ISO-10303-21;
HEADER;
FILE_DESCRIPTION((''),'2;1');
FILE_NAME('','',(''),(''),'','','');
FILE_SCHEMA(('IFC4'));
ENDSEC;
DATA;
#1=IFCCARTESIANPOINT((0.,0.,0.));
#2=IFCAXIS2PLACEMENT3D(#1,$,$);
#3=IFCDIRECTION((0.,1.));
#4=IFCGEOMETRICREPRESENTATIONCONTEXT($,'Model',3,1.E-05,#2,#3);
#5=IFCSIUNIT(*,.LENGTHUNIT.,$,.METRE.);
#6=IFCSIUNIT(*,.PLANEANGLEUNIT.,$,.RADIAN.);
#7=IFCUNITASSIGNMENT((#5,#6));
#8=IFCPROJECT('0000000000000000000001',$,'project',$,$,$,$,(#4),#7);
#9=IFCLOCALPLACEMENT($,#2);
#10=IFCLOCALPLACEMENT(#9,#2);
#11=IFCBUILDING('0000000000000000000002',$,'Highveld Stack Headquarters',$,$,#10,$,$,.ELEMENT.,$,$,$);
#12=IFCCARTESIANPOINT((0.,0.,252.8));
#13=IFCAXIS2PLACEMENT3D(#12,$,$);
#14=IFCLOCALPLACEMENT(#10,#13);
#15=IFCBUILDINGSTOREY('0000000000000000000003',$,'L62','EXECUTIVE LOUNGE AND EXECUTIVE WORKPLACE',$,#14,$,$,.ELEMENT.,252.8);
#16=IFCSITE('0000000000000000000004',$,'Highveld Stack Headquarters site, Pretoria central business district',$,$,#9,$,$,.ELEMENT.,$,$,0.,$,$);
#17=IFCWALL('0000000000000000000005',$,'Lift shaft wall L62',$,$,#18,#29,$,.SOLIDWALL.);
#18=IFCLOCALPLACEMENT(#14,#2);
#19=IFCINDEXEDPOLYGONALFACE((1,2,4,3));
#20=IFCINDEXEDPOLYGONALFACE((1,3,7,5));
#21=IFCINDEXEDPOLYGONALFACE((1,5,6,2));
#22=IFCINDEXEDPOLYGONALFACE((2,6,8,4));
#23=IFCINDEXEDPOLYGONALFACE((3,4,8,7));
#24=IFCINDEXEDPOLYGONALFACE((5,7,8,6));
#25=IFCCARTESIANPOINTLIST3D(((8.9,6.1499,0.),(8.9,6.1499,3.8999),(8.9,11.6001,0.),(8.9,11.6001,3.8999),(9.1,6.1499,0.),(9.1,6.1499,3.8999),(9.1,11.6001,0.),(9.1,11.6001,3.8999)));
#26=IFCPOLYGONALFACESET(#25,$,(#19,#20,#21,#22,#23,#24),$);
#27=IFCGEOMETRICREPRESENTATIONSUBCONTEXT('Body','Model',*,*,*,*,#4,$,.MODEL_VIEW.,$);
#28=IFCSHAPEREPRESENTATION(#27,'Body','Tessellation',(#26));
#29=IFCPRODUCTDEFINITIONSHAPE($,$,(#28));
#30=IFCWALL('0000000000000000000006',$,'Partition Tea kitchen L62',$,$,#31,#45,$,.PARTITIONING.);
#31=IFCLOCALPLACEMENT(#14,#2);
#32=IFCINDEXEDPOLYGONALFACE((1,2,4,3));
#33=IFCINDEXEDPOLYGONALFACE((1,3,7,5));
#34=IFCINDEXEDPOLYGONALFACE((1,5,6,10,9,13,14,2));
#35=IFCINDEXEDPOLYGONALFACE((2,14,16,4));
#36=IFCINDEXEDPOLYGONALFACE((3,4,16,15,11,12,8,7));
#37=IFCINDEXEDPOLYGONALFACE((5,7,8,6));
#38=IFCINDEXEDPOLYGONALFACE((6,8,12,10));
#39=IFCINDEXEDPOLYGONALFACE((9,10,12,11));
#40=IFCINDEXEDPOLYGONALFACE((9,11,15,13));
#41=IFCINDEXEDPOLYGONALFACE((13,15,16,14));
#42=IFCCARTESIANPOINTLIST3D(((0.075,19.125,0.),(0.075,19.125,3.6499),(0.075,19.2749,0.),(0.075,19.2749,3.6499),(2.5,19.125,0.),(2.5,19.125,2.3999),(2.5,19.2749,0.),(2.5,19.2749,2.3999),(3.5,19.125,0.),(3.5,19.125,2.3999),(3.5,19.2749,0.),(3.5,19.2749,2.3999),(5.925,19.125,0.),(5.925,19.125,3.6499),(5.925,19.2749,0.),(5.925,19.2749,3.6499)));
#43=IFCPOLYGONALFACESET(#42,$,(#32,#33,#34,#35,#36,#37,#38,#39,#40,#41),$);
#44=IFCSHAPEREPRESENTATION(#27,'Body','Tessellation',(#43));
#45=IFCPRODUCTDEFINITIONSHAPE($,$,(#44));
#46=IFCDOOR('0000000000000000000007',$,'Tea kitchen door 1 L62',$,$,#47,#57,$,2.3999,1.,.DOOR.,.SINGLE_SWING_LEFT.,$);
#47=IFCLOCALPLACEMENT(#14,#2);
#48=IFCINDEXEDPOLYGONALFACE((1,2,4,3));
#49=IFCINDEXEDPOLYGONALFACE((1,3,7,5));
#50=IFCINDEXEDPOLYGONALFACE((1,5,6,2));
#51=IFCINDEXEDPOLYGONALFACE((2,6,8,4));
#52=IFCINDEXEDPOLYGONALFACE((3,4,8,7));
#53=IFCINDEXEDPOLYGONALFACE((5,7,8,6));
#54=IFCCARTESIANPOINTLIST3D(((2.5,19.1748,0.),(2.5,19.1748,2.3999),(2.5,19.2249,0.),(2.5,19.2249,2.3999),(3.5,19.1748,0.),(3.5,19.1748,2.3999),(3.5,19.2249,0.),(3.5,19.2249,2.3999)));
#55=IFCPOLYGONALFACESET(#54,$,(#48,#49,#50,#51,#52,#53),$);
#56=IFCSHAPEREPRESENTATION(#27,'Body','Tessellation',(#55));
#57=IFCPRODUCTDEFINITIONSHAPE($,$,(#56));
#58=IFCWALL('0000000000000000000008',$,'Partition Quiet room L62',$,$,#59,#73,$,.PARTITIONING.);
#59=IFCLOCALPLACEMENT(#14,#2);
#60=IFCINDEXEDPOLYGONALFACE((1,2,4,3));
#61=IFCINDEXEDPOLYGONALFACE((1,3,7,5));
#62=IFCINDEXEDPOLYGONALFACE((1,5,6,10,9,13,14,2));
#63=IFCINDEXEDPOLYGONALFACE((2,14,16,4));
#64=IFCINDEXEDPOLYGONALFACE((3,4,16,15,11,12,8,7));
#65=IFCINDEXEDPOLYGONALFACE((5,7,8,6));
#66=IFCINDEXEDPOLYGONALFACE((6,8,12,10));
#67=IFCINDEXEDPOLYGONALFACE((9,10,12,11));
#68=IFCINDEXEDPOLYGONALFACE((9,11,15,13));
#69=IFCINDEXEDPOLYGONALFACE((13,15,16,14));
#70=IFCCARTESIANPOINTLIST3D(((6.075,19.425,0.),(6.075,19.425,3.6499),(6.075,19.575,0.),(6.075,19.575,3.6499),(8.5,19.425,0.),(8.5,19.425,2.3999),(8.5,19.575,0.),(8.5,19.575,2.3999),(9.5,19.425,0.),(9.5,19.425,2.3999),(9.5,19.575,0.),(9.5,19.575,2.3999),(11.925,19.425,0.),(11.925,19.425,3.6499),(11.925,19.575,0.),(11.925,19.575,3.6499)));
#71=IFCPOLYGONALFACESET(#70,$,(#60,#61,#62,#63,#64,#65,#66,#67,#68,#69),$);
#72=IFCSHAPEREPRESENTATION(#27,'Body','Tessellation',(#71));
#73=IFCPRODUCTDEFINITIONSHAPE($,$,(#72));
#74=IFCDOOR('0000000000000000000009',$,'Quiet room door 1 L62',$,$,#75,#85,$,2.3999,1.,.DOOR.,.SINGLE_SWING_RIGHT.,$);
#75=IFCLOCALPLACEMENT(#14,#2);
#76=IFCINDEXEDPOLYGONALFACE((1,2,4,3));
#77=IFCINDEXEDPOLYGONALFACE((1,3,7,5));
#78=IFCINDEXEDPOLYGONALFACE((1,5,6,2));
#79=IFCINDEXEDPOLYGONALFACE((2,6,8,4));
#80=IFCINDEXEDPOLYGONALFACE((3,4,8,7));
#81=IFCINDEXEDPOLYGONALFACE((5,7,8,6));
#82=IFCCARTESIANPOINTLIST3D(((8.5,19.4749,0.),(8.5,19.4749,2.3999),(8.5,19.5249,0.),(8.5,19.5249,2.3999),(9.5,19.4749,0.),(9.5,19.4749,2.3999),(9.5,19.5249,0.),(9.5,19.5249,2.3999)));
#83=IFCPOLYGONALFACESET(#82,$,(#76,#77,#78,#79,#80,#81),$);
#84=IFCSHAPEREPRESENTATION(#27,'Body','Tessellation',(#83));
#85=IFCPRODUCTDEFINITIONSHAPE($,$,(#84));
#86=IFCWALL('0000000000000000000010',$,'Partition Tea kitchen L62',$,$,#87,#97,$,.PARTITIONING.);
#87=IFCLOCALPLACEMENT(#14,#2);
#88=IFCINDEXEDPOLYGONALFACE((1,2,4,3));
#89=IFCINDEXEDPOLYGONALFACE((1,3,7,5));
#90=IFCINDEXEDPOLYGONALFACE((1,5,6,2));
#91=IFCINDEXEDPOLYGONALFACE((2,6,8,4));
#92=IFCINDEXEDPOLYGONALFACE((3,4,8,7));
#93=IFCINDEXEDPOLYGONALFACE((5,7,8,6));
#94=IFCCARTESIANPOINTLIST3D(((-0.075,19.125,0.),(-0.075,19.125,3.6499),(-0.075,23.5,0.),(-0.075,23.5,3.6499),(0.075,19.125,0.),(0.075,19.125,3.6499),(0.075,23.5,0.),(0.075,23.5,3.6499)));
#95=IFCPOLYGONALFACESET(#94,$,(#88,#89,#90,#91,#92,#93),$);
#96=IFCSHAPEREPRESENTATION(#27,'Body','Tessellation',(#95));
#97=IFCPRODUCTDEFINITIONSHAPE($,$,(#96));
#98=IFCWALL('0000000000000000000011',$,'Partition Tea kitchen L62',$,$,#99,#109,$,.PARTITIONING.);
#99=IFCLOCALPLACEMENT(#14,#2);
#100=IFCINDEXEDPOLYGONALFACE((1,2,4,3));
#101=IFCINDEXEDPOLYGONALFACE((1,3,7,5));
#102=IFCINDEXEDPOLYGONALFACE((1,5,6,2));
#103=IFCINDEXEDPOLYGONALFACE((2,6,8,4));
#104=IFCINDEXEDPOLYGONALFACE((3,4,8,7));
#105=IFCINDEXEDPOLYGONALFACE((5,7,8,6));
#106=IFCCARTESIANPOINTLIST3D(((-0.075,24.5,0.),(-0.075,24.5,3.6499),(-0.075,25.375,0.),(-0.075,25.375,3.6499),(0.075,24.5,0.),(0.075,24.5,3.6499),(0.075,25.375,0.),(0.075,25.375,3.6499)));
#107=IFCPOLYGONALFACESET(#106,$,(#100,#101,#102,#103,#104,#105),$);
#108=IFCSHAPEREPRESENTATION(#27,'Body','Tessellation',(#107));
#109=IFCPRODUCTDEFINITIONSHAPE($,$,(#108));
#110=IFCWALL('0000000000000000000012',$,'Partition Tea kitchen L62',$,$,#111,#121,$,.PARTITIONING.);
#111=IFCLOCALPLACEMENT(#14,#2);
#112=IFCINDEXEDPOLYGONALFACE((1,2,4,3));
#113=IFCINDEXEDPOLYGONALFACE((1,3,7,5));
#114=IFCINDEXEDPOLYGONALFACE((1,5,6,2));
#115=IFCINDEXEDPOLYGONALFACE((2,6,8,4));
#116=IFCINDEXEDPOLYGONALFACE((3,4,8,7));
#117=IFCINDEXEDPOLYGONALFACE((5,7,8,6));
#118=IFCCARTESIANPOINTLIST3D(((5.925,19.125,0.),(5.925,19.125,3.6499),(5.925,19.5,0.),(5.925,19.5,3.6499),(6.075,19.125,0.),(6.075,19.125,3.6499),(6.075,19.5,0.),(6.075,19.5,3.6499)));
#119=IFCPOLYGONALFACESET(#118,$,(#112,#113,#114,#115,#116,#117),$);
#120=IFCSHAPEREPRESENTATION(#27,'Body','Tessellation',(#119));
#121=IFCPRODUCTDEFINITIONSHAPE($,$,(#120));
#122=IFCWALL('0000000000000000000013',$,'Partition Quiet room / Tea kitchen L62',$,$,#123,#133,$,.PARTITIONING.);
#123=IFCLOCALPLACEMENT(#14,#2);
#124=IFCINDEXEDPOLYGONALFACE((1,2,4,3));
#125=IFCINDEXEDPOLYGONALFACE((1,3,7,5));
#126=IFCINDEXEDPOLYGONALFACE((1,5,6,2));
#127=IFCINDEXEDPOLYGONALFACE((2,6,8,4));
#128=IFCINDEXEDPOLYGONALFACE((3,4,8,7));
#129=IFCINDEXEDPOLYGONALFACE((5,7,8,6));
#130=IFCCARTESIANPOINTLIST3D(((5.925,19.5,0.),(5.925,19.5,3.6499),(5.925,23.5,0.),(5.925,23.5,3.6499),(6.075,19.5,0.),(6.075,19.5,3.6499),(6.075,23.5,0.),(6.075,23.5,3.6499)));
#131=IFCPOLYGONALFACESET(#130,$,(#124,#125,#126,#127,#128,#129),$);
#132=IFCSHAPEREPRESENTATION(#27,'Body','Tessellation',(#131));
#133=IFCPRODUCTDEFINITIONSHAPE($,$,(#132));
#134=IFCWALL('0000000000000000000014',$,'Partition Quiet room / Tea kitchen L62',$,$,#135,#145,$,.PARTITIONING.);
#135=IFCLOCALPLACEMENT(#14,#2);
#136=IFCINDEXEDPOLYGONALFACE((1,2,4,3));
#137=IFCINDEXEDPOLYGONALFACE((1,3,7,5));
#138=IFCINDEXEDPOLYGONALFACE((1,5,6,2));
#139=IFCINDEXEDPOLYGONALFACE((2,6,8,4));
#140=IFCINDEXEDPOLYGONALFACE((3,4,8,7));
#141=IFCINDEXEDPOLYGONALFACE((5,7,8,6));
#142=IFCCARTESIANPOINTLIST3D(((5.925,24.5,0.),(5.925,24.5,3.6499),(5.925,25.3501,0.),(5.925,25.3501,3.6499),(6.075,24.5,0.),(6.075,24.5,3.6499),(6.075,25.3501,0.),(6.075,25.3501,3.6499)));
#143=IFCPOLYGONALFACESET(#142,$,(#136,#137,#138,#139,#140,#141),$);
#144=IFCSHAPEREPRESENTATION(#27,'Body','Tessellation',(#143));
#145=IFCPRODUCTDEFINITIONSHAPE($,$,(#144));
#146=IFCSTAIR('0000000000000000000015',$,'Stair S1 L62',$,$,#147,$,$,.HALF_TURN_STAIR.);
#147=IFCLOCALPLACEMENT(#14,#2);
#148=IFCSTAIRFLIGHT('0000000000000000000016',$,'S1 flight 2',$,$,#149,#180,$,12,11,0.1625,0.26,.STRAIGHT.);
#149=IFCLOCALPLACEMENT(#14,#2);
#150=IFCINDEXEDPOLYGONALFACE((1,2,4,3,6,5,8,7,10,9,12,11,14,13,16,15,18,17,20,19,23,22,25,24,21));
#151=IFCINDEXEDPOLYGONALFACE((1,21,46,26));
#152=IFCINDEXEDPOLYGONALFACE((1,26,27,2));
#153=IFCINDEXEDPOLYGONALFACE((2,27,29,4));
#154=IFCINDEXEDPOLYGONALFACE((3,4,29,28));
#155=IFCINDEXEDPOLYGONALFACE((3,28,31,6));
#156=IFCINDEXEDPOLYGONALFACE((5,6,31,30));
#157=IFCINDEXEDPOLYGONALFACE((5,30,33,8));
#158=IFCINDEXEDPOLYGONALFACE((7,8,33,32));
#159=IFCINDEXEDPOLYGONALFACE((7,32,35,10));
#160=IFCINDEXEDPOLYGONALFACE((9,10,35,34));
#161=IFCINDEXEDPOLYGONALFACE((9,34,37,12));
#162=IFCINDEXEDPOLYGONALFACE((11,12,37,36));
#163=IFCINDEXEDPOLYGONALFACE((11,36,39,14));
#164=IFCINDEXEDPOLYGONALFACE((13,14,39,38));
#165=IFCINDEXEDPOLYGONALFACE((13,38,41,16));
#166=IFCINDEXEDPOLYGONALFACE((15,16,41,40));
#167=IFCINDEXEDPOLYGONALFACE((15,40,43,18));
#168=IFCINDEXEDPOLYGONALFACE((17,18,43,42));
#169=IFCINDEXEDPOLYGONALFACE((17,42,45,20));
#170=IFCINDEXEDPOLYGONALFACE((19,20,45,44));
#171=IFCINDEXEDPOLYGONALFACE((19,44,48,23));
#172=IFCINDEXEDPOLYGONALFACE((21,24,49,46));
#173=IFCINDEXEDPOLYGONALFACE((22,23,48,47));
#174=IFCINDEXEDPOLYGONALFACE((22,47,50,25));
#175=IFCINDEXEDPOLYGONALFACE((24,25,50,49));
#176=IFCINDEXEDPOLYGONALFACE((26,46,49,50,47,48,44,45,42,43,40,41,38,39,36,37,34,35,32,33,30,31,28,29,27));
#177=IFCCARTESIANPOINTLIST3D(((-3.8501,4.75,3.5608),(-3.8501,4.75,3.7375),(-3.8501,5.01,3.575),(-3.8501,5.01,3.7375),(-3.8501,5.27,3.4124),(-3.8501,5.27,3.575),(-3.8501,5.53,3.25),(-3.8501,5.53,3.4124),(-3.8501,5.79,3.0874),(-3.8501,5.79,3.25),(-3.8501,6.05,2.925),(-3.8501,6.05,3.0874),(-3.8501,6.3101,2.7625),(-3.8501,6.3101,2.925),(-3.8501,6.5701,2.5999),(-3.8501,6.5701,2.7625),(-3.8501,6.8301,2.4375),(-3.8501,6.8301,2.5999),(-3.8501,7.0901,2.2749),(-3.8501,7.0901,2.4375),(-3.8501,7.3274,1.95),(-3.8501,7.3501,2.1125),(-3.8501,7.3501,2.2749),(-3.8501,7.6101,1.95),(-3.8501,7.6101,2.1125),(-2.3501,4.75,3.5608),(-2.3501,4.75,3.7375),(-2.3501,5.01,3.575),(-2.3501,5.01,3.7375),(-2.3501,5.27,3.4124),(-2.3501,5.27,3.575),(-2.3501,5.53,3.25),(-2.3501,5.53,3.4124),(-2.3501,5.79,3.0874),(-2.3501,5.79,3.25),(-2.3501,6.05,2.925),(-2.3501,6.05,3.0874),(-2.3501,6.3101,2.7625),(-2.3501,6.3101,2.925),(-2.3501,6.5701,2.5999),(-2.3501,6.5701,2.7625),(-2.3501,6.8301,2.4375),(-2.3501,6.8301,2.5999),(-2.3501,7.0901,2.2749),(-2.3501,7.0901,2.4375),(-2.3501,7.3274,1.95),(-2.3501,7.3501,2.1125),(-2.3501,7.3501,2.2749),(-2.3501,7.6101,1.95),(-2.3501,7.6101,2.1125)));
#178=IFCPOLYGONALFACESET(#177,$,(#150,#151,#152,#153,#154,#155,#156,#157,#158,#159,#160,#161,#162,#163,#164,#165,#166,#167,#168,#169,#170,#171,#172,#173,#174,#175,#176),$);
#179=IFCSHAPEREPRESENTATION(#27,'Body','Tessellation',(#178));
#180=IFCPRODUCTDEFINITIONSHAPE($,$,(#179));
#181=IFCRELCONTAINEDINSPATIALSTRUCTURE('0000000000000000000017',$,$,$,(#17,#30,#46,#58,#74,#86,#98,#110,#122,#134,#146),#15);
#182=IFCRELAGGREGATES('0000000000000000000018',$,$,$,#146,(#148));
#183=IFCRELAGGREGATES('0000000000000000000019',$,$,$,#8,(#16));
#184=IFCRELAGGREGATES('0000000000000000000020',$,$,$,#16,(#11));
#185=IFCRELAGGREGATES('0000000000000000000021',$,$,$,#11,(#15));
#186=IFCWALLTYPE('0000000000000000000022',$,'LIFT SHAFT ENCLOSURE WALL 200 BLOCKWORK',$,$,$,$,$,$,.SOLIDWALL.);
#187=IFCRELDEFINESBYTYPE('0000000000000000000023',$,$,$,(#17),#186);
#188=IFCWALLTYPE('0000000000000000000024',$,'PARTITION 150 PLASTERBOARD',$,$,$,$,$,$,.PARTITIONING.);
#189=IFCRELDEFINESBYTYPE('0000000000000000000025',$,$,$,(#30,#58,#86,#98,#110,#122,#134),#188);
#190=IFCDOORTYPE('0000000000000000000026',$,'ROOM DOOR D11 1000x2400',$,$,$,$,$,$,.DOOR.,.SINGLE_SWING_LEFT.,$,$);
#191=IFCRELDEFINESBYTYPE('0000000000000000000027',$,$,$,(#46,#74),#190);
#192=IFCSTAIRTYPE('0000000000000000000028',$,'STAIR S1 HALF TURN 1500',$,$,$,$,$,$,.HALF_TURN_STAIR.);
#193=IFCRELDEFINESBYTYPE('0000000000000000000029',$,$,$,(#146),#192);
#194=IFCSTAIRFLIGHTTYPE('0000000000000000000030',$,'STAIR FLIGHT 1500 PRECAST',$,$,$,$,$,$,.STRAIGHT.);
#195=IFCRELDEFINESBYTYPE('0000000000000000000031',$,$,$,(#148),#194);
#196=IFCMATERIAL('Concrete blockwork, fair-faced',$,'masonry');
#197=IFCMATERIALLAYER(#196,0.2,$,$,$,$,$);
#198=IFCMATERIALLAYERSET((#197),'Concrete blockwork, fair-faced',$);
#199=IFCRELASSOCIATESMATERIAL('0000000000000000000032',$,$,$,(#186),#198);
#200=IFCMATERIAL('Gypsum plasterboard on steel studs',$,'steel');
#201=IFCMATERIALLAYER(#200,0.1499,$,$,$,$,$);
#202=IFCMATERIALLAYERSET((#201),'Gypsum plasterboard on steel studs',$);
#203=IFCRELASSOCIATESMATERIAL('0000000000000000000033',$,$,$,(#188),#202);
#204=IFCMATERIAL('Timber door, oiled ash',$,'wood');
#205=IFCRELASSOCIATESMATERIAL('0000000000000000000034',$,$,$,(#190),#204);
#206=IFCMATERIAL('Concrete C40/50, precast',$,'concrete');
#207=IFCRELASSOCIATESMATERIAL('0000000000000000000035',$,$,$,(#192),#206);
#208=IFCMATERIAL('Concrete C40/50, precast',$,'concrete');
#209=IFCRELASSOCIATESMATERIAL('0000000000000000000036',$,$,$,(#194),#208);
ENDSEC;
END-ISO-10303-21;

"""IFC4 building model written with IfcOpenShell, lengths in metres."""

from ifc_helpers import new_model, si_unit, direction, frame, frame_2d, origin, place, context, subcontext, project, spatial, polyline, rectangle, outline, extrude, material, layer, layer_set, type_object, element, fill, aggregate, save


model = new_model("IFC4")

# Units and contexts
model_context = context("Model", 3, precision=1e-05, world=origin(), true_north=direction((0.0, 1.0)))
body_context = subcontext(model_context, "Body", "Model", "MODEL_VIEW")
ifc_project = project(units=[si_unit("LENGTHUNIT", "METRE"), si_unit("PLANEANGLEUNIT", "RADIAN")], contexts=[model_context])

# Site, building, storey
site_placement = place(None, origin())
site = spatial("IfcSite", under=ifc_project, at=site_placement, Name="Highveld Stack Headquarters site, Pretoria central business district", CompositionType="ELEMENT", RefElevation=0.0)
building_placement = place(site_placement, origin())
building = spatial("IfcBuilding", under=site, at=building_placement, Name="Highveld Stack Headquarters", CompositionType="ELEMENT")
storey_placement = place(building_placement, frame((0.0, 0.0, 252.8)))
storey = spatial("IfcBuildingStorey", under=building, at=storey_placement, Name="L62", Description="EXECUTIVE LOUNGE AND EXECUTIVE WORKPLACE", CompositionType="ELEMENT", Elevation=252.8)

# Wall
ifc_material_1 = material(Name="Concrete blockwork, fair-faced", Category="masonry")
ifc_layer_1 = layer(ifc_material_1, 0.2)
ifc_layer_set_1 = layer_set([ifc_layer_1], Name="Concrete blockwork, fair-faced")
wall_type_1 = type_object("IfcWallType", Name="LIFT SHAFT ENCLOSURE WALL 200 BLOCKWORK", PredefinedType="SOLIDWALL", material=ifc_layer_set_1)
for number, where, z_axis, x_axis, name in (
    (1, (9.0, 6.1499, 0.0), (0.0, 0.0, 1.0), (0.0, 1.0, 0.0), "Lift shaft wall L62"),
):
    element("IfcWall", number, at=place(storey_placement, frame(where, z_axis=z_axis, x_axis=x_axis)), inside=storey, type_object=wall_type_1, Name=name, PredefinedType="SOLIDWALL", context=body_context, shape_type="SweptSolid", body=[
        extrude(rectangle(XDim=5.4502, YDim=0.2, at=frame_2d((2.7251, 0.0))), origin(), (0.0, 0.0, 1.0), 3.8999),
    ])

# Walls, openings, doors
ifc_material_2 = material(Name="Gypsum plasterboard on steel studs", Category="steel")
ifc_layer_2 = layer(ifc_material_2, 0.1499)
ifc_layer_set_2 = layer_set([ifc_layer_2], Name="Gypsum plasterboard on steel studs")
wall_type_2 = type_object("IfcWallType", Name="PARTITION 150 PLASTERBOARD", PredefinedType="PARTITIONING", material=ifc_layer_set_2)
wall_1_placement = place(storey_placement, frame((0.075, 19.2, 0.0), z_axis=(0.0, 0.0, 1.0), x_axis=(1.0, 0.0, 0.0)))
wall_1 = element("IfcWall", 2, at=wall_1_placement, inside=storey, type_object=wall_type_2, Name="Partition Tea kitchen L62", PredefinedType="PARTITIONING", context=body_context, shape_type="SweptSolid", body=[
    extrude(rectangle(XDim=5.8501, YDim=0.1499, at=frame_2d((2.925, 0.0))), origin(), (0.0, 0.0, 1.0), 3.6499),
])
opening_1_placement = place(wall_1_placement, frame((2.425, 0.0, 0.0)))
opening_1 = element("IfcOpeningElement", 3, at=opening_1_placement, cuts=wall_1, PredefinedType="OPENING", context=body_context, shape_type="SweptSolid", body=[
    extrude(rectangle(XDim=1.0, YDim=2.3999, at=frame_2d((0.5, 1.2))), frame((0.0, 0.085, 0.0), z_axis=(0.0, -1.0, 0.0), x_axis=(1.0, 0.0, 0.0)), (0.0, 0.0, 1.0), 0.1699),
])
ifc_material_3 = material(Name="Timber door, oiled ash", Category="wood")
door_type_1 = type_object("IfcDoorType", Name="ROOM DOOR D11 1000x2400", OperationType="SINGLE_SWING_LEFT", PredefinedType="DOOR", material=ifc_material_3)
door_1_placement = place(opening_1_placement, origin())
door_1 = element("IfcDoor", 4, at=door_1_placement, inside=storey, type_object=door_type_1, Name="Tea kitchen door 1 L62", OperationType="SINGLE_SWING_LEFT", OverallHeight=2.3999, OverallWidth=1.0, PredefinedType="DOOR", context=body_context, shape_type="SweptSolid", body=[
    extrude(rectangle(XDim=1.0, YDim=2.3999, at=frame_2d((0.5, 1.2))), frame((0.0, 0.0249, 0.0), z_axis=(0.0, -1.0, 0.0), x_axis=(1.0, 0.0, 0.0)), (0.0, 0.0, 1.0), 0.05),
])
fill(opening_1, door_1)
wall_2_placement = place(storey_placement, frame((6.075, 19.5, 0.0), z_axis=(0.0, 0.0, 1.0), x_axis=(1.0, 0.0, 0.0)))
wall_2 = element("IfcWall", 5, at=wall_2_placement, inside=storey, type_object=wall_type_2, Name="Partition Quiet room L62", PredefinedType="PARTITIONING", context=body_context, shape_type="SweptSolid", body=[
    extrude(rectangle(XDim=5.8501, YDim=0.1499, at=frame_2d((2.925, 0.0))), origin(), (0.0, 0.0, 1.0), 3.6499),
])
opening_2_placement = place(wall_2_placement, frame((2.425, 0.0, 0.0)))
opening_2 = element("IfcOpeningElement", 6, at=opening_2_placement, cuts=wall_2, PredefinedType="OPENING", context=body_context, shape_type="SweptSolid", body=[
    extrude(rectangle(XDim=1.0, YDim=2.3999, at=frame_2d((0.5, 1.2))), frame((0.0, 0.085, 0.0), z_axis=(0.0, -1.0, 0.0), x_axis=(1.0, 0.0, 0.0)), (0.0, 0.0, 1.0), 0.1699),
])
door_2_placement = place(opening_2_placement, origin())
door_2 = element("IfcDoor", 7, at=door_2_placement, inside=storey, type_object=door_type_1, Name="Quiet room door 1 L62", OperationType="SINGLE_SWING_RIGHT", OverallHeight=2.3999, OverallWidth=1.0, PredefinedType="DOOR", context=body_context, shape_type="SweptSolid", body=[
    extrude(rectangle(XDim=1.0, YDim=2.3999, at=frame_2d((0.5, 1.2))), frame((0.0, 0.0249, 0.0), z_axis=(0.0, -1.0, 0.0), x_axis=(1.0, 0.0, 0.0)), (0.0, 0.0, 1.0), 0.05),
])
fill(opening_2, door_2)

# Walls
wall_3_placement = place(storey_placement, frame((0.0, 19.125, 0.0), z_axis=(0.0, 0.0, 1.0), x_axis=(0.0, 1.0, 0.0)))
element("IfcWall", 8, at=wall_3_placement, inside=storey, type_object=wall_type_2, Name="Partition Tea kitchen L62", PredefinedType="PARTITIONING", context=body_context, shape_type="SweptSolid", body=[
    extrude(rectangle(XDim=4.375, YDim=0.1499, at=frame_2d((2.1875, 0.0))), origin(), (0.0, 0.0, 1.0), 3.6499),
])
wall_4_placement = place(storey_placement, frame((0.0, 24.5, 0.0), z_axis=(0.0, 0.0, 1.0), x_axis=(0.0, 1.0, 0.0)))
element("IfcWall", 9, at=wall_4_placement, inside=storey, type_object=wall_type_2, Name="Partition Tea kitchen L62", PredefinedType="PARTITIONING", context=body_context, shape_type="SweptSolid", body=[
    extrude(rectangle(XDim=0.875, YDim=0.1499, at=frame_2d((0.4375, 0.0))), origin(), (0.0, 0.0, 1.0), 3.6499),
])
wall_5_placement = place(storey_placement, frame((6.0, 19.125, 0.0), z_axis=(0.0, 0.0, 1.0), x_axis=(0.0, 1.0, 0.0)))
element("IfcWall", 10, at=wall_5_placement, inside=storey, type_object=wall_type_2, Name="Partition Tea kitchen L62", PredefinedType="PARTITIONING", context=body_context, shape_type="SweptSolid", body=[
    extrude(rectangle(XDim=0.375, YDim=0.1499, at=frame_2d((0.1875, 0.0))), origin(), (0.0, 0.0, 1.0), 3.6499),
])
wall_6_placement = place(storey_placement, frame((6.0, 19.5, 0.0), z_axis=(0.0, 0.0, 1.0), x_axis=(0.0, 1.0, 0.0)))
element("IfcWall", 11, at=wall_6_placement, inside=storey, type_object=wall_type_2, Name="Partition Quiet room / Tea kitchen L62", PredefinedType="PARTITIONING", context=body_context, shape_type="SweptSolid", body=[
    extrude(rectangle(XDim=4.0, YDim=0.1499, at=frame_2d((2.0, 0.0))), origin(), (0.0, 0.0, 1.0), 3.6499),
])
wall_7_placement = place(storey_placement, frame((6.0, 24.5, 0.0), z_axis=(0.0, 0.0, 1.0), x_axis=(0.0, 1.0, 0.0)))
element("IfcWall", 12, at=wall_7_placement, inside=storey, type_object=wall_type_2, Name="Partition Quiet room / Tea kitchen L62", PredefinedType="PARTITIONING", context=body_context, shape_type="SweptSolid", body=[
    extrude(rectangle(XDim=0.8501, YDim=0.1499, at=frame_2d((0.425, 0.0))), origin(), (0.0, 0.0, 1.0), 3.6499),
])

# Stair, stair flight
ifc_material_4 = material(Name="Concrete C40/50, precast", Category="concrete")
stair_type = type_object("IfcStairType", Name="STAIR S1 HALF TURN 1500", PredefinedType="HALF_TURN_STAIR", material=ifc_material_4)
stair_placement = place(storey_placement, origin())
stair = element("IfcStair", 13, at=stair_placement, inside=storey, type_object=stair_type, Name="Stair S1 L62", PredefinedType="HALF_TURN_STAIR")
ifc_material_5 = material(Name="Concrete C40/50, precast", Category="concrete")
stair_flight_type = type_object("IfcStairFlightType", Name="STAIR FLIGHT 1500 PRECAST", PredefinedType="STRAIGHT", material=ifc_material_5)
stair_flight_placement = place(storey_placement, frame((-3.1001, 7.6101, 1.95), z_axis=(0.0, 0.0, 1.0), x_axis=(0.0, -1.0, 0.0)))
stair_flight = element("IfcStairFlight", 14, at=stair_flight_placement, type_object=stair_flight_type, Name="S1 flight 2", NumberOfRisers=12, NumberOfTreads=11, PredefinedType="STRAIGHT", RiserHeight=0.1625, TreadLength=0.26, context=body_context, shape_type="SweptSolid", body=[
    extrude(outline(polyline([(0.0, 0.0), (0.0, 0.1626), (0.26, 0.1626), (0.26, 0.325), (0.52, 0.325), (0.52, 0.4875), (0.78, 0.4875), (0.78, 0.6499), (1.04, 0.6499), (1.04, 0.8125), (1.3, 0.8125), (1.3, 0.9751), (1.5601, 0.9751), (1.5601, 1.1375), (1.8201, 1.1375), (1.8201, 1.3), (2.0801, 1.3), (2.0801, 1.4624), (2.3401, 1.4624), (2.3401, 1.625), (2.6001, 1.625), (2.6001, 1.7876), (2.8601, 1.7876), (2.8601, 1.95), (2.8601, 1.6108), (0.2827, 0.0), (0.0, 0.0)])), frame((0.0, 0.75, 0.0), z_axis=(0.0, -1.0, 0.0), x_axis=(1.0, 0.0, 0.0)), (0.0, 0.0, 1.0), 1.5),
])
aggregate(stair, [stair_flight])

save(model, "model.ifc")
